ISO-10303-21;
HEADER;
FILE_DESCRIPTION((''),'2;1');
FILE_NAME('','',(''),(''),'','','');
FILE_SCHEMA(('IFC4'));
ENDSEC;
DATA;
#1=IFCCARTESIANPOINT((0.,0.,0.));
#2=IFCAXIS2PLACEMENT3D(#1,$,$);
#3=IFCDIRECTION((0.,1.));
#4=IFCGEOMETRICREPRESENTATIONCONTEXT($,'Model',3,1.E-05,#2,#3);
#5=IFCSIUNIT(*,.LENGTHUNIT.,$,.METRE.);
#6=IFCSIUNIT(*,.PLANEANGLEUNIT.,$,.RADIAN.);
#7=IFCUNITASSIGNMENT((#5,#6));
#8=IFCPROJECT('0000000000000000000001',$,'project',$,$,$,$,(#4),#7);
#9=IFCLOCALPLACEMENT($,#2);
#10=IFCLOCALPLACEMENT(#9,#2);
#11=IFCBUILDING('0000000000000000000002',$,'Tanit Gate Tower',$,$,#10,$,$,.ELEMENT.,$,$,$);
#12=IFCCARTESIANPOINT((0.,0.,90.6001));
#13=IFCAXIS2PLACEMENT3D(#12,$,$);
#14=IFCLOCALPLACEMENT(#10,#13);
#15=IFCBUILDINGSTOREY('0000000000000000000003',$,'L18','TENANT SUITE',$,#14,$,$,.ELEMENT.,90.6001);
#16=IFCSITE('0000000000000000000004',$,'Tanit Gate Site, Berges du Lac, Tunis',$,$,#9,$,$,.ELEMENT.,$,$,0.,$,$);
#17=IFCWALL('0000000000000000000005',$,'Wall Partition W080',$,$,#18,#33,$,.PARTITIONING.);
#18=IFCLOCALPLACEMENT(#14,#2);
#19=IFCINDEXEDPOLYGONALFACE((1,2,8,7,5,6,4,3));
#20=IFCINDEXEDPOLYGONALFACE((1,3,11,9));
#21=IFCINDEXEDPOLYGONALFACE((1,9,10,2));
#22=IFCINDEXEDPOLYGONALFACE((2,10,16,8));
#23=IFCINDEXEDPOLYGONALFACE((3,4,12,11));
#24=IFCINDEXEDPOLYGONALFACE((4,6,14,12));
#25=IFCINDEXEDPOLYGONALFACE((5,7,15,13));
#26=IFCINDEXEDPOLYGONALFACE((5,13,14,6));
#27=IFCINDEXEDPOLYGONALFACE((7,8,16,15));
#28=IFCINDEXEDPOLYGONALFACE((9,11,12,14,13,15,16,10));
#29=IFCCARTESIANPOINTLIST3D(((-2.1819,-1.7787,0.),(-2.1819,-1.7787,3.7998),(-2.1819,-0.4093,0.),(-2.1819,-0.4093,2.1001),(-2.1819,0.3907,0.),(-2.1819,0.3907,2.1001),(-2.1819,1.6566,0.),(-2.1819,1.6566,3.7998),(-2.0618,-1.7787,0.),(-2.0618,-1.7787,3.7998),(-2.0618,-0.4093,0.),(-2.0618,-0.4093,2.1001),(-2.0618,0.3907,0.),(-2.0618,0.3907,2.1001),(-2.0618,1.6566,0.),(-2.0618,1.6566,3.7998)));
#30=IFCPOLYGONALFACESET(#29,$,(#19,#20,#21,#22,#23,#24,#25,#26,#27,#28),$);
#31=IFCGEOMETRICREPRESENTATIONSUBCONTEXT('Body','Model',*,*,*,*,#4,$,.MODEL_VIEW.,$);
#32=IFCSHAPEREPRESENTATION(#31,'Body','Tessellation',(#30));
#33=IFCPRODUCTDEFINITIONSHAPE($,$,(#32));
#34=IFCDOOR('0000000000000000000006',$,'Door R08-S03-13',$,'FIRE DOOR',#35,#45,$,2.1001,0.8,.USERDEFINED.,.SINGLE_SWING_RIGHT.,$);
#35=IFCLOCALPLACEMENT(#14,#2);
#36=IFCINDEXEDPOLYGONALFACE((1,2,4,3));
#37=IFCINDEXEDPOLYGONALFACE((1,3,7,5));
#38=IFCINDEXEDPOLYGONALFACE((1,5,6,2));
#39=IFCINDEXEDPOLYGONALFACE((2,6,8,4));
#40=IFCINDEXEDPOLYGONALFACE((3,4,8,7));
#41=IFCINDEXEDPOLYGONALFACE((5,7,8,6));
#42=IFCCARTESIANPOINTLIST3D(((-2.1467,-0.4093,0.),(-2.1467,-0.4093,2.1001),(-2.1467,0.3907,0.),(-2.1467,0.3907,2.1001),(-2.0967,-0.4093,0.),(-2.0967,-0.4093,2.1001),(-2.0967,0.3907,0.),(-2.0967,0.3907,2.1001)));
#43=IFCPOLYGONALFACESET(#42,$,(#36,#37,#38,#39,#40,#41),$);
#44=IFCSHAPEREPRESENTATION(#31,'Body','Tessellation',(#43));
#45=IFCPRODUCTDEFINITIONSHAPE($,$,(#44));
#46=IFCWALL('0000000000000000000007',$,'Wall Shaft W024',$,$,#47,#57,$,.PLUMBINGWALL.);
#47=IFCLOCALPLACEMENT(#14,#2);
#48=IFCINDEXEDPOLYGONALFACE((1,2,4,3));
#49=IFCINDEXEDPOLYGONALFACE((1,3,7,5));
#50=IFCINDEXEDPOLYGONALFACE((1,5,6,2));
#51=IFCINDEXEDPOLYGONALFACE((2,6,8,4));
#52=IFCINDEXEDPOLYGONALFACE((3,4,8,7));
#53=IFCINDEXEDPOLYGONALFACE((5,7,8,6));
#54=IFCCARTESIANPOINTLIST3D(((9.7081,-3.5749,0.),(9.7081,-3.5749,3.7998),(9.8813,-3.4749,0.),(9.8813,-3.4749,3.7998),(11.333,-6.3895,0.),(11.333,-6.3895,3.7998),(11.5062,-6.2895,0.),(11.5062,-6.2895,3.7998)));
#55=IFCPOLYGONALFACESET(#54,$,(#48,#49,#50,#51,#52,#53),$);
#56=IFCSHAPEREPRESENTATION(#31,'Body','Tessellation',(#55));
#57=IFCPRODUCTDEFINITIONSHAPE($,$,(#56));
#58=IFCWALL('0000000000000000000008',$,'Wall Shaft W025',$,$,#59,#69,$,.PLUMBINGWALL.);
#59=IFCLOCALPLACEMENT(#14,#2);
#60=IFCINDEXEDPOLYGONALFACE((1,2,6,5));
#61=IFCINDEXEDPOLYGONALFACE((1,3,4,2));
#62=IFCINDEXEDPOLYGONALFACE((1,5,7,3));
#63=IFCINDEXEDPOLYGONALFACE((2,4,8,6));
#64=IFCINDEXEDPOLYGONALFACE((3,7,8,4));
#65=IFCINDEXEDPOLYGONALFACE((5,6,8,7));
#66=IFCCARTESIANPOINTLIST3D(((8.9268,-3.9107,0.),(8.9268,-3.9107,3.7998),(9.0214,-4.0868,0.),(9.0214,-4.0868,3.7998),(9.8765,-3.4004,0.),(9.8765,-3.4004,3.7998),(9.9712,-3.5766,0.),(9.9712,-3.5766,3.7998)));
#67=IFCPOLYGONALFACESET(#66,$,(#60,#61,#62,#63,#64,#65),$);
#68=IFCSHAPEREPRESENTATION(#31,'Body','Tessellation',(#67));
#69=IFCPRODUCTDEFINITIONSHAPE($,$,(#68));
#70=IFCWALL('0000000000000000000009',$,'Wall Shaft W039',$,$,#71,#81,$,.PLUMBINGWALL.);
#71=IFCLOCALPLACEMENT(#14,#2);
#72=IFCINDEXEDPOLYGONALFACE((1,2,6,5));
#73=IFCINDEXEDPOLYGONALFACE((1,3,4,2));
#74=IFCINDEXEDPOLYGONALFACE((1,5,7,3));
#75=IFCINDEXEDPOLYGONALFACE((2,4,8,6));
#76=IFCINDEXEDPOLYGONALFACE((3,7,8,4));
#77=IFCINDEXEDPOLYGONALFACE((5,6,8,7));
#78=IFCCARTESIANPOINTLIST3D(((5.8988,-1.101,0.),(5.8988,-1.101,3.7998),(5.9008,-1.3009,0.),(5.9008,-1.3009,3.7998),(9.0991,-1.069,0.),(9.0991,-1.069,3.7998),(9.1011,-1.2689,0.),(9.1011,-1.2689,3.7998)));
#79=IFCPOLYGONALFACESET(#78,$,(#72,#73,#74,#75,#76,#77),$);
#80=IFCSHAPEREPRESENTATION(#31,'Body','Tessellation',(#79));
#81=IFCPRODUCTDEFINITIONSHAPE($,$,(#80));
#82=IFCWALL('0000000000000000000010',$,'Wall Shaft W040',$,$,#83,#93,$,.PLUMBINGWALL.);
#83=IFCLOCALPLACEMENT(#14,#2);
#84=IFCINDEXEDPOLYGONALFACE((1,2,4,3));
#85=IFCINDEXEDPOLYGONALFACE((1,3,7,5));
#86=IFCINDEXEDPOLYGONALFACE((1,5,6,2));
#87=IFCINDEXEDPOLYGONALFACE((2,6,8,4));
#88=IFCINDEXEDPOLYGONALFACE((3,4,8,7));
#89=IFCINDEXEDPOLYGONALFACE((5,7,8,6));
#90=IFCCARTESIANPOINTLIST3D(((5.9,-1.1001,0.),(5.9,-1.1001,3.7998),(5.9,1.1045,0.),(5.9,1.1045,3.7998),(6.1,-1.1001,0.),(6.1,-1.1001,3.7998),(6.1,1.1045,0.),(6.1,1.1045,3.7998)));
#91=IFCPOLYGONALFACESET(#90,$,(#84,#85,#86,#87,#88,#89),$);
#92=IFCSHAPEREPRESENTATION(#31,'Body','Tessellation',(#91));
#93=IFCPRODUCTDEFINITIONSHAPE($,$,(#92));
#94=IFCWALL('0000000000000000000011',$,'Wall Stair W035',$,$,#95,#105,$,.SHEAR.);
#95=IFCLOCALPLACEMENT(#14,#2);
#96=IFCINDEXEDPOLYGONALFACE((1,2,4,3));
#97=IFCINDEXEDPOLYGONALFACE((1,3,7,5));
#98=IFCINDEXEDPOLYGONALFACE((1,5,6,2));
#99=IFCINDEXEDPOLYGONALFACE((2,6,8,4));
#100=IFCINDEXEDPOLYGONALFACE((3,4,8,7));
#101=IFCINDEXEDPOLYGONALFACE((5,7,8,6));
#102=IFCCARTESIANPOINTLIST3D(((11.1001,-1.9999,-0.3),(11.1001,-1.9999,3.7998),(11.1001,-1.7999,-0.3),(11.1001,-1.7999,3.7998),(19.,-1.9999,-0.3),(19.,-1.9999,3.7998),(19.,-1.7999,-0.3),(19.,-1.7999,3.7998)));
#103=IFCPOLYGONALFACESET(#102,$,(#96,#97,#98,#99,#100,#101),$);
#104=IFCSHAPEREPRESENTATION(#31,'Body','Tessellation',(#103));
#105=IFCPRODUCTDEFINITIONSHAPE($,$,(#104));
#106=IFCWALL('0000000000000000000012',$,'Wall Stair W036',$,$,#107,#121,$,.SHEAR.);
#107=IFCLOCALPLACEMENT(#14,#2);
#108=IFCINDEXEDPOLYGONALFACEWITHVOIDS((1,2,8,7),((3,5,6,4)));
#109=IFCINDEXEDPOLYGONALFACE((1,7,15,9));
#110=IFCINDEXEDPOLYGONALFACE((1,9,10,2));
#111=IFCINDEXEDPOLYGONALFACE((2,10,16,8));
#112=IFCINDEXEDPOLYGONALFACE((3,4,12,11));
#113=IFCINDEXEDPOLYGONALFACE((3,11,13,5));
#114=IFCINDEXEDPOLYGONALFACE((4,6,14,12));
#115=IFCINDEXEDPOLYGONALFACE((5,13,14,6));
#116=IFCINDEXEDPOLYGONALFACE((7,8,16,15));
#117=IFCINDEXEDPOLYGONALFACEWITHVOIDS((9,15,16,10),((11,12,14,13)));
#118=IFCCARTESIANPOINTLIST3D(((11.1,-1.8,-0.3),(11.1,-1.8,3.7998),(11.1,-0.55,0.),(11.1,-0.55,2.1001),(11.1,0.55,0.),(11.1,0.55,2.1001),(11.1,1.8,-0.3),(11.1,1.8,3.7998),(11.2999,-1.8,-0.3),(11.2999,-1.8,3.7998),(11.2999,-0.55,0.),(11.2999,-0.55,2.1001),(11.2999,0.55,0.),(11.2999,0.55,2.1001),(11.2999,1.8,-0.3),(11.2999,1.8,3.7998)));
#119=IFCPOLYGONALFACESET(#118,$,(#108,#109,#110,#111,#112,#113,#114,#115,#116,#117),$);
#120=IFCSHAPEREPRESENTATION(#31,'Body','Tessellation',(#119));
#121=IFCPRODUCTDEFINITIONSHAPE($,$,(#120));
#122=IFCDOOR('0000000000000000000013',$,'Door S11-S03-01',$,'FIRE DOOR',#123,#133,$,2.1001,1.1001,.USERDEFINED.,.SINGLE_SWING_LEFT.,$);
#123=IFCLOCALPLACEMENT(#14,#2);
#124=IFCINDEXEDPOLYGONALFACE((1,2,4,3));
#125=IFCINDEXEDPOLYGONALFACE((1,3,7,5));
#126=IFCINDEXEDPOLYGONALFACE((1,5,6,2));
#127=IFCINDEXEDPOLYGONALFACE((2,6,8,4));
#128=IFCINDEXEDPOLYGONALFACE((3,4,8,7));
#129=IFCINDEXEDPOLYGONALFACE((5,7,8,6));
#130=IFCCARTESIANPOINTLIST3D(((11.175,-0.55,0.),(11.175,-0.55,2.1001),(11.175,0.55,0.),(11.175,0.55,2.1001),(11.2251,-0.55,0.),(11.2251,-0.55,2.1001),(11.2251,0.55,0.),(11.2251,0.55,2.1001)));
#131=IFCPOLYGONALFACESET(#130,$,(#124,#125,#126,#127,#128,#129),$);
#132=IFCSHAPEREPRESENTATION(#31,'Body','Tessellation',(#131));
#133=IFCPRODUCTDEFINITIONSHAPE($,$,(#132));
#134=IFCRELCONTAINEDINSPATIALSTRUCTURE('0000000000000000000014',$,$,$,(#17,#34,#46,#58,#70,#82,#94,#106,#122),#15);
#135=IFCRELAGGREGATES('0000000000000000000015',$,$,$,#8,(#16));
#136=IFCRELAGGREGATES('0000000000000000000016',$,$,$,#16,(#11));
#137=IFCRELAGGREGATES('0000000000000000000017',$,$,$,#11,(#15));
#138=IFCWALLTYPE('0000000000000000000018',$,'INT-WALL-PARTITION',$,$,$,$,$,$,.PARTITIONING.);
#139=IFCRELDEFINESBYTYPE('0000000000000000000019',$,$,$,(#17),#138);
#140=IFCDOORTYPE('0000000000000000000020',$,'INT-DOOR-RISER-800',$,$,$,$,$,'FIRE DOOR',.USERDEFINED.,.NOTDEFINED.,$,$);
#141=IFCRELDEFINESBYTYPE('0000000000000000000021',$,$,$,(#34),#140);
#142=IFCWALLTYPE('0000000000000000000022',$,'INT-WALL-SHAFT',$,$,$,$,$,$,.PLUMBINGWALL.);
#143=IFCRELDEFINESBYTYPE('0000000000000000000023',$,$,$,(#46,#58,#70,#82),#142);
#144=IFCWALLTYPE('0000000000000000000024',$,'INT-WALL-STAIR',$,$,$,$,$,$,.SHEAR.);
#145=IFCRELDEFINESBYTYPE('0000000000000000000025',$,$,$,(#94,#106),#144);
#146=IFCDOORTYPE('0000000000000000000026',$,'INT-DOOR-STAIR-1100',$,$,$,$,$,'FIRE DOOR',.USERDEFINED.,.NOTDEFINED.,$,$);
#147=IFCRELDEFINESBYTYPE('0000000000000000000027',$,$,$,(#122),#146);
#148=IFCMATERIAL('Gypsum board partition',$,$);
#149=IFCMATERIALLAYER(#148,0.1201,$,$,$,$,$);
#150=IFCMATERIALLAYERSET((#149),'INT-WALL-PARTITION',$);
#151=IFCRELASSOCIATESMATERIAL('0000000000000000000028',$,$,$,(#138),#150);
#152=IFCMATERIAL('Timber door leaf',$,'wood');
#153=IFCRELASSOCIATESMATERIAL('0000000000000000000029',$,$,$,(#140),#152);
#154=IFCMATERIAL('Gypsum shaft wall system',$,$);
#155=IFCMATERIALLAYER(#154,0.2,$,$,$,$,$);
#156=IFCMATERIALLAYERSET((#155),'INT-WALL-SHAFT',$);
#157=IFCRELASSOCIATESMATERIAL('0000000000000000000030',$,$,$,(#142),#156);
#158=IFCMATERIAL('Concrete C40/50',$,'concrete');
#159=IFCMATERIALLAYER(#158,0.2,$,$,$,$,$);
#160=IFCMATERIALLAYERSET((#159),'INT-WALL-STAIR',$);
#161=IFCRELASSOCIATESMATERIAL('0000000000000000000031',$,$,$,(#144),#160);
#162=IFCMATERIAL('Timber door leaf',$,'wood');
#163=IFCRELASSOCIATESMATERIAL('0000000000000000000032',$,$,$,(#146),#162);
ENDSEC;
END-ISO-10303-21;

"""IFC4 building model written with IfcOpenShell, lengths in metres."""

from ifc_helpers import new_model, si_unit, direction, frame, frame_2d, origin, place, context, subcontext, project, spatial, rectangle, extrude, material, layer, layer_set, type_object, element, fill, save


model = new_model("IFC4")

# Units and contexts
model_context = context("Model", 3, precision=1e-05, world=origin(), true_north=direction((0.0, 1.0)))
body_context = subcontext(model_context, "Body", "Model", "MODEL_VIEW")
ifc_project = project(units=[si_unit("LENGTHUNIT", "METRE"), si_unit("PLANEANGLEUNIT", "RADIAN")], contexts=[model_context])

# Site, building, storey
site_placement = place(None, origin())
site = spatial("IfcSite", under=ifc_project, at=site_placement, Name="Tanit Gate Site, Berges du Lac, Tunis", CompositionType="ELEMENT", RefElevation=0.0)
building_placement = place(site_placement, origin())
building = spatial("IfcBuilding", under=site, at=building_placement, Name="Tanit Gate Tower", CompositionType="ELEMENT")
storey_placement = place(building_placement, frame((0.0, 0.0, 90.6001)))
storey = spatial("IfcBuildingStorey", under=building, at=storey_placement, Name="L18", Description="TENANT SUITE", CompositionType="ELEMENT", Elevation=90.6001)

# Shared definitions
ifc_material_1 = material(Name="Gypsum board partition")
ifc_layer_1 = layer(ifc_material_1, 0.1201)
ifc_layer_set_1 = layer_set([ifc_layer_1], Name="INT-WALL-PARTITION")
wall_type_1 = type_object("IfcWallType", Name="INT-WALL-PARTITION", PredefinedType="PARTITIONING", material=ifc_layer_set_1)
ifc_material_2 = material(Name="Timber door leaf", Category="wood")
door_type_1 = type_object("IfcDoorType", Name="INT-DOOR-RISER-800", ElementType="FIRE DOOR", OperationType="NOTDEFINED", PredefinedType="USERDEFINED", material=ifc_material_2)

# Wall, opening, door
wall_1_placement = place(storey_placement, frame((-2.1218, -1.7788, 0.0), z_axis=(0.0, 0.0, 1.0), x_axis=(0.0, 1.0, 0.0)))
wall_1 = element("IfcWall", 1, at=wall_1_placement, inside=storey, type_object=wall_type_1, Name="Wall Partition W080", PredefinedType="PARTITIONING", context=body_context, shape_type="SweptSolid", body=[
    extrude(rectangle(XDim=3.4353, YDim=0.1201, at=frame_2d((1.7178, 0.0))), origin(), (0.0, 0.0, 1.0), 3.7998),
])
opening_1_placement = place(wall_1_placement, frame((1.3696, 0.0, 0.0)))
opening_1 = element("IfcOpeningElement", 2, at=opening_1_placement, cuts=wall_1, PredefinedType="OPENING", context=body_context, shape_type="SweptSolid", body=[
    extrude(rectangle(XDim=0.8, YDim=2.1001, at=frame_2d((0.3999, 1.05))), frame((0.0, 0.0701, 0.0), z_axis=(0.0, -1.0, 0.0), x_axis=(1.0, 0.0, 0.0)), (0.0, 0.0, 1.0), 0.1401),
])
door_1_placement = place(opening_1_placement, origin())
door_1 = element("IfcDoor", 3, at=door_1_placement, inside=storey, type_object=door_type_1, Name="Door R08-S03-13", ObjectType="FIRE DOOR", OperationType="SINGLE_SWING_RIGHT", OverallHeight=2.1001, OverallWidth=0.8, PredefinedType="USERDEFINED", context=body_context, shape_type="SweptSolid", body=[
    extrude(rectangle(XDim=0.8, YDim=2.1001, at=frame_2d((0.3999, 1.05))), frame((0.0, 0.0249, 0.0), z_axis=(0.0, -1.0, 0.0), x_axis=(1.0, 0.0, 0.0)), (0.0, 0.0, 1.0), 0.05),
])
fill(opening_1, door_1)

# Walls
ifc_material_3 = material(Name="Gypsum shaft wall system")
ifc_layer_2 = layer(ifc_material_3, 0.2)
ifc_layer_set_2 = layer_set([ifc_layer_2], Name="INT-WALL-SHAFT")
wall_type_2 = type_object("IfcWallType", Name="INT-WALL-SHAFT", PredefinedType="PLUMBINGWALL", material=ifc_layer_set_2)
wall_2_placement = place(storey_placement, frame((9.7947, -3.5249, 0.0), z_axis=(0.0, 0.0, 1.0), x_axis=(0.499985, -0.866034, 0.0)))
element("IfcWall", 4, at=wall_2_placement, inside=storey, type_object=wall_type_2, Name="Wall Shaft W024", PredefinedType="PLUMBINGWALL", context=body_context, shape_type="SweptSolid", body=[
    extrude(rectangle(XDim=3.25, YDim=0.2, at=frame_2d((1.625, 0.0))), origin(), (0.0, 0.0, 1.0), 3.7998),
])
wall_3_placement = place(storey_placement, frame((8.9741, -3.9988, 0.0), z_axis=(0.0, 0.0, 1.0), x_axis=(0.880907, 0.473289, 0.0)))
element("IfcWall", 5, at=wall_3_placement, inside=storey, type_object=wall_type_2, Name="Wall Shaft W025", PredefinedType="PLUMBINGWALL", context=body_context, shape_type="SweptSolid", body=[
    extrude(rectangle(XDim=1.0781, YDim=0.2, at=frame_2d((0.5391, 0.0))), origin(), (0.0, 0.0, 1.0), 3.7998),
])
wall_4_placement = place(storey_placement, frame((5.8999, -1.2009, 0.0), z_axis=(0.0, 0.0, 1.0), x_axis=(0.99995, 0.009993, 0.0)))
element("IfcWall", 6, at=wall_4_placement, inside=storey, type_object=wall_type_2, Name="Wall Shaft W039", PredefinedType="PLUMBINGWALL", context=body_context, shape_type="SweptSolid", body=[
    extrude(rectangle(XDim=3.2004, YDim=0.2, at=frame_2d((1.6001, 0.0))), origin(), (0.0, 0.0, 1.0), 3.7998),
])
wall_5_placement = place(storey_placement, frame((6.0, -1.1001, 0.0), z_axis=(0.0, 0.0, 1.0), x_axis=(0.0, 1.0, 0.0)))
element("IfcWall", 7, at=wall_5_placement, inside=storey, type_object=wall_type_2, Name="Wall Shaft W040", PredefinedType="PLUMBINGWALL", context=body_context, shape_type="SweptSolid", body=[
    extrude(rectangle(XDim=2.2046, YDim=0.2, at=frame_2d((1.1023, 0.0))), origin(), (0.0, 0.0, 1.0), 3.7998),
])
ifc_material_4 = material(Name="Concrete C40/50", Category="concrete")
ifc_layer_3 = layer(ifc_material_4, 0.2)
ifc_layer_set_3 = layer_set([ifc_layer_3], Name="INT-WALL-STAIR")
wall_type_3 = type_object("IfcWallType", Name="INT-WALL-STAIR", PredefinedType="SHEAR", material=ifc_layer_set_3)
wall_6_placement = place(storey_placement, frame((11.1001, -1.8999, -0.3), z_axis=(0.0, 0.0, 1.0), x_axis=(1.0, 0.0, 0.0)))
element("IfcWall", 8, at=wall_6_placement, inside=storey, type_object=wall_type_3, Name="Wall Stair W035", PredefinedType="SHEAR", context=body_context, shape_type="SweptSolid", body=[
    extrude(rectangle(XDim=7.8999, YDim=0.2, at=frame_2d((3.95, 0.0))), origin(), (0.0, 0.0, 1.0), 4.0999),
])

# Wall, opening, door
wall_7_placement = place(storey_placement, frame((11.2, -1.8, -0.3), z_axis=(0.0, 0.0, 1.0), x_axis=(0.0, 1.0, 0.0)))
wall_7 = element("IfcWall", 9, at=wall_7_placement, inside=storey, type_object=wall_type_3, Name="Wall Stair W036", PredefinedType="SHEAR", context=body_context, shape_type="SweptSolid", body=[
    extrude(rectangle(XDim=3.6001, YDim=0.2, at=frame_2d((1.8, 0.0))), origin(), (0.0, 0.0, 1.0), 4.0999),
])
opening_2_placement = place(wall_7_placement, frame((1.25, 0.0, 0.3)))
opening_2 = element("IfcOpeningElement", 10, at=opening_2_placement, cuts=wall_7, PredefinedType="OPENING", context=body_context, shape_type="SweptSolid", body=[
    extrude(rectangle(XDim=1.1001, YDim=2.1001, at=frame_2d((0.55, 1.05))), frame((0.0, 0.1099, 0.0), z_axis=(0.0, -1.0, 0.0), x_axis=(1.0, 0.0, 0.0)), (0.0, 0.0, 1.0), 0.22),
])
ifc_material_5 = material(Name="Timber door leaf", Category="wood")
door_type_2 = type_object("IfcDoorType", Name="INT-DOOR-STAIR-1100", ElementType="FIRE DOOR", OperationType="NOTDEFINED", PredefinedType="USERDEFINED", material=ifc_material_5)
door_2_placement = place(opening_2_placement, origin())
door_2 = element("IfcDoor", 11, at=door_2_placement, inside=storey, type_object=door_type_2, Name="Door S11-S03-01", ObjectType="FIRE DOOR", OperationType="SINGLE_SWING_LEFT", OverallHeight=2.1001, OverallWidth=1.1001, PredefinedType="USERDEFINED", context=body_context, shape_type="SweptSolid", body=[
    extrude(rectangle(XDim=1.1001, YDim=2.1001, at=frame_2d((0.55, 1.05))), frame((0.0, 0.0249, 0.0), z_axis=(0.0, -1.0, 0.0), x_axis=(1.0, 0.0, 0.0)), (0.0, 0.0, 1.0), 0.05),
])
fill(opening_2, door_2)

save(model, "model.ifc")
